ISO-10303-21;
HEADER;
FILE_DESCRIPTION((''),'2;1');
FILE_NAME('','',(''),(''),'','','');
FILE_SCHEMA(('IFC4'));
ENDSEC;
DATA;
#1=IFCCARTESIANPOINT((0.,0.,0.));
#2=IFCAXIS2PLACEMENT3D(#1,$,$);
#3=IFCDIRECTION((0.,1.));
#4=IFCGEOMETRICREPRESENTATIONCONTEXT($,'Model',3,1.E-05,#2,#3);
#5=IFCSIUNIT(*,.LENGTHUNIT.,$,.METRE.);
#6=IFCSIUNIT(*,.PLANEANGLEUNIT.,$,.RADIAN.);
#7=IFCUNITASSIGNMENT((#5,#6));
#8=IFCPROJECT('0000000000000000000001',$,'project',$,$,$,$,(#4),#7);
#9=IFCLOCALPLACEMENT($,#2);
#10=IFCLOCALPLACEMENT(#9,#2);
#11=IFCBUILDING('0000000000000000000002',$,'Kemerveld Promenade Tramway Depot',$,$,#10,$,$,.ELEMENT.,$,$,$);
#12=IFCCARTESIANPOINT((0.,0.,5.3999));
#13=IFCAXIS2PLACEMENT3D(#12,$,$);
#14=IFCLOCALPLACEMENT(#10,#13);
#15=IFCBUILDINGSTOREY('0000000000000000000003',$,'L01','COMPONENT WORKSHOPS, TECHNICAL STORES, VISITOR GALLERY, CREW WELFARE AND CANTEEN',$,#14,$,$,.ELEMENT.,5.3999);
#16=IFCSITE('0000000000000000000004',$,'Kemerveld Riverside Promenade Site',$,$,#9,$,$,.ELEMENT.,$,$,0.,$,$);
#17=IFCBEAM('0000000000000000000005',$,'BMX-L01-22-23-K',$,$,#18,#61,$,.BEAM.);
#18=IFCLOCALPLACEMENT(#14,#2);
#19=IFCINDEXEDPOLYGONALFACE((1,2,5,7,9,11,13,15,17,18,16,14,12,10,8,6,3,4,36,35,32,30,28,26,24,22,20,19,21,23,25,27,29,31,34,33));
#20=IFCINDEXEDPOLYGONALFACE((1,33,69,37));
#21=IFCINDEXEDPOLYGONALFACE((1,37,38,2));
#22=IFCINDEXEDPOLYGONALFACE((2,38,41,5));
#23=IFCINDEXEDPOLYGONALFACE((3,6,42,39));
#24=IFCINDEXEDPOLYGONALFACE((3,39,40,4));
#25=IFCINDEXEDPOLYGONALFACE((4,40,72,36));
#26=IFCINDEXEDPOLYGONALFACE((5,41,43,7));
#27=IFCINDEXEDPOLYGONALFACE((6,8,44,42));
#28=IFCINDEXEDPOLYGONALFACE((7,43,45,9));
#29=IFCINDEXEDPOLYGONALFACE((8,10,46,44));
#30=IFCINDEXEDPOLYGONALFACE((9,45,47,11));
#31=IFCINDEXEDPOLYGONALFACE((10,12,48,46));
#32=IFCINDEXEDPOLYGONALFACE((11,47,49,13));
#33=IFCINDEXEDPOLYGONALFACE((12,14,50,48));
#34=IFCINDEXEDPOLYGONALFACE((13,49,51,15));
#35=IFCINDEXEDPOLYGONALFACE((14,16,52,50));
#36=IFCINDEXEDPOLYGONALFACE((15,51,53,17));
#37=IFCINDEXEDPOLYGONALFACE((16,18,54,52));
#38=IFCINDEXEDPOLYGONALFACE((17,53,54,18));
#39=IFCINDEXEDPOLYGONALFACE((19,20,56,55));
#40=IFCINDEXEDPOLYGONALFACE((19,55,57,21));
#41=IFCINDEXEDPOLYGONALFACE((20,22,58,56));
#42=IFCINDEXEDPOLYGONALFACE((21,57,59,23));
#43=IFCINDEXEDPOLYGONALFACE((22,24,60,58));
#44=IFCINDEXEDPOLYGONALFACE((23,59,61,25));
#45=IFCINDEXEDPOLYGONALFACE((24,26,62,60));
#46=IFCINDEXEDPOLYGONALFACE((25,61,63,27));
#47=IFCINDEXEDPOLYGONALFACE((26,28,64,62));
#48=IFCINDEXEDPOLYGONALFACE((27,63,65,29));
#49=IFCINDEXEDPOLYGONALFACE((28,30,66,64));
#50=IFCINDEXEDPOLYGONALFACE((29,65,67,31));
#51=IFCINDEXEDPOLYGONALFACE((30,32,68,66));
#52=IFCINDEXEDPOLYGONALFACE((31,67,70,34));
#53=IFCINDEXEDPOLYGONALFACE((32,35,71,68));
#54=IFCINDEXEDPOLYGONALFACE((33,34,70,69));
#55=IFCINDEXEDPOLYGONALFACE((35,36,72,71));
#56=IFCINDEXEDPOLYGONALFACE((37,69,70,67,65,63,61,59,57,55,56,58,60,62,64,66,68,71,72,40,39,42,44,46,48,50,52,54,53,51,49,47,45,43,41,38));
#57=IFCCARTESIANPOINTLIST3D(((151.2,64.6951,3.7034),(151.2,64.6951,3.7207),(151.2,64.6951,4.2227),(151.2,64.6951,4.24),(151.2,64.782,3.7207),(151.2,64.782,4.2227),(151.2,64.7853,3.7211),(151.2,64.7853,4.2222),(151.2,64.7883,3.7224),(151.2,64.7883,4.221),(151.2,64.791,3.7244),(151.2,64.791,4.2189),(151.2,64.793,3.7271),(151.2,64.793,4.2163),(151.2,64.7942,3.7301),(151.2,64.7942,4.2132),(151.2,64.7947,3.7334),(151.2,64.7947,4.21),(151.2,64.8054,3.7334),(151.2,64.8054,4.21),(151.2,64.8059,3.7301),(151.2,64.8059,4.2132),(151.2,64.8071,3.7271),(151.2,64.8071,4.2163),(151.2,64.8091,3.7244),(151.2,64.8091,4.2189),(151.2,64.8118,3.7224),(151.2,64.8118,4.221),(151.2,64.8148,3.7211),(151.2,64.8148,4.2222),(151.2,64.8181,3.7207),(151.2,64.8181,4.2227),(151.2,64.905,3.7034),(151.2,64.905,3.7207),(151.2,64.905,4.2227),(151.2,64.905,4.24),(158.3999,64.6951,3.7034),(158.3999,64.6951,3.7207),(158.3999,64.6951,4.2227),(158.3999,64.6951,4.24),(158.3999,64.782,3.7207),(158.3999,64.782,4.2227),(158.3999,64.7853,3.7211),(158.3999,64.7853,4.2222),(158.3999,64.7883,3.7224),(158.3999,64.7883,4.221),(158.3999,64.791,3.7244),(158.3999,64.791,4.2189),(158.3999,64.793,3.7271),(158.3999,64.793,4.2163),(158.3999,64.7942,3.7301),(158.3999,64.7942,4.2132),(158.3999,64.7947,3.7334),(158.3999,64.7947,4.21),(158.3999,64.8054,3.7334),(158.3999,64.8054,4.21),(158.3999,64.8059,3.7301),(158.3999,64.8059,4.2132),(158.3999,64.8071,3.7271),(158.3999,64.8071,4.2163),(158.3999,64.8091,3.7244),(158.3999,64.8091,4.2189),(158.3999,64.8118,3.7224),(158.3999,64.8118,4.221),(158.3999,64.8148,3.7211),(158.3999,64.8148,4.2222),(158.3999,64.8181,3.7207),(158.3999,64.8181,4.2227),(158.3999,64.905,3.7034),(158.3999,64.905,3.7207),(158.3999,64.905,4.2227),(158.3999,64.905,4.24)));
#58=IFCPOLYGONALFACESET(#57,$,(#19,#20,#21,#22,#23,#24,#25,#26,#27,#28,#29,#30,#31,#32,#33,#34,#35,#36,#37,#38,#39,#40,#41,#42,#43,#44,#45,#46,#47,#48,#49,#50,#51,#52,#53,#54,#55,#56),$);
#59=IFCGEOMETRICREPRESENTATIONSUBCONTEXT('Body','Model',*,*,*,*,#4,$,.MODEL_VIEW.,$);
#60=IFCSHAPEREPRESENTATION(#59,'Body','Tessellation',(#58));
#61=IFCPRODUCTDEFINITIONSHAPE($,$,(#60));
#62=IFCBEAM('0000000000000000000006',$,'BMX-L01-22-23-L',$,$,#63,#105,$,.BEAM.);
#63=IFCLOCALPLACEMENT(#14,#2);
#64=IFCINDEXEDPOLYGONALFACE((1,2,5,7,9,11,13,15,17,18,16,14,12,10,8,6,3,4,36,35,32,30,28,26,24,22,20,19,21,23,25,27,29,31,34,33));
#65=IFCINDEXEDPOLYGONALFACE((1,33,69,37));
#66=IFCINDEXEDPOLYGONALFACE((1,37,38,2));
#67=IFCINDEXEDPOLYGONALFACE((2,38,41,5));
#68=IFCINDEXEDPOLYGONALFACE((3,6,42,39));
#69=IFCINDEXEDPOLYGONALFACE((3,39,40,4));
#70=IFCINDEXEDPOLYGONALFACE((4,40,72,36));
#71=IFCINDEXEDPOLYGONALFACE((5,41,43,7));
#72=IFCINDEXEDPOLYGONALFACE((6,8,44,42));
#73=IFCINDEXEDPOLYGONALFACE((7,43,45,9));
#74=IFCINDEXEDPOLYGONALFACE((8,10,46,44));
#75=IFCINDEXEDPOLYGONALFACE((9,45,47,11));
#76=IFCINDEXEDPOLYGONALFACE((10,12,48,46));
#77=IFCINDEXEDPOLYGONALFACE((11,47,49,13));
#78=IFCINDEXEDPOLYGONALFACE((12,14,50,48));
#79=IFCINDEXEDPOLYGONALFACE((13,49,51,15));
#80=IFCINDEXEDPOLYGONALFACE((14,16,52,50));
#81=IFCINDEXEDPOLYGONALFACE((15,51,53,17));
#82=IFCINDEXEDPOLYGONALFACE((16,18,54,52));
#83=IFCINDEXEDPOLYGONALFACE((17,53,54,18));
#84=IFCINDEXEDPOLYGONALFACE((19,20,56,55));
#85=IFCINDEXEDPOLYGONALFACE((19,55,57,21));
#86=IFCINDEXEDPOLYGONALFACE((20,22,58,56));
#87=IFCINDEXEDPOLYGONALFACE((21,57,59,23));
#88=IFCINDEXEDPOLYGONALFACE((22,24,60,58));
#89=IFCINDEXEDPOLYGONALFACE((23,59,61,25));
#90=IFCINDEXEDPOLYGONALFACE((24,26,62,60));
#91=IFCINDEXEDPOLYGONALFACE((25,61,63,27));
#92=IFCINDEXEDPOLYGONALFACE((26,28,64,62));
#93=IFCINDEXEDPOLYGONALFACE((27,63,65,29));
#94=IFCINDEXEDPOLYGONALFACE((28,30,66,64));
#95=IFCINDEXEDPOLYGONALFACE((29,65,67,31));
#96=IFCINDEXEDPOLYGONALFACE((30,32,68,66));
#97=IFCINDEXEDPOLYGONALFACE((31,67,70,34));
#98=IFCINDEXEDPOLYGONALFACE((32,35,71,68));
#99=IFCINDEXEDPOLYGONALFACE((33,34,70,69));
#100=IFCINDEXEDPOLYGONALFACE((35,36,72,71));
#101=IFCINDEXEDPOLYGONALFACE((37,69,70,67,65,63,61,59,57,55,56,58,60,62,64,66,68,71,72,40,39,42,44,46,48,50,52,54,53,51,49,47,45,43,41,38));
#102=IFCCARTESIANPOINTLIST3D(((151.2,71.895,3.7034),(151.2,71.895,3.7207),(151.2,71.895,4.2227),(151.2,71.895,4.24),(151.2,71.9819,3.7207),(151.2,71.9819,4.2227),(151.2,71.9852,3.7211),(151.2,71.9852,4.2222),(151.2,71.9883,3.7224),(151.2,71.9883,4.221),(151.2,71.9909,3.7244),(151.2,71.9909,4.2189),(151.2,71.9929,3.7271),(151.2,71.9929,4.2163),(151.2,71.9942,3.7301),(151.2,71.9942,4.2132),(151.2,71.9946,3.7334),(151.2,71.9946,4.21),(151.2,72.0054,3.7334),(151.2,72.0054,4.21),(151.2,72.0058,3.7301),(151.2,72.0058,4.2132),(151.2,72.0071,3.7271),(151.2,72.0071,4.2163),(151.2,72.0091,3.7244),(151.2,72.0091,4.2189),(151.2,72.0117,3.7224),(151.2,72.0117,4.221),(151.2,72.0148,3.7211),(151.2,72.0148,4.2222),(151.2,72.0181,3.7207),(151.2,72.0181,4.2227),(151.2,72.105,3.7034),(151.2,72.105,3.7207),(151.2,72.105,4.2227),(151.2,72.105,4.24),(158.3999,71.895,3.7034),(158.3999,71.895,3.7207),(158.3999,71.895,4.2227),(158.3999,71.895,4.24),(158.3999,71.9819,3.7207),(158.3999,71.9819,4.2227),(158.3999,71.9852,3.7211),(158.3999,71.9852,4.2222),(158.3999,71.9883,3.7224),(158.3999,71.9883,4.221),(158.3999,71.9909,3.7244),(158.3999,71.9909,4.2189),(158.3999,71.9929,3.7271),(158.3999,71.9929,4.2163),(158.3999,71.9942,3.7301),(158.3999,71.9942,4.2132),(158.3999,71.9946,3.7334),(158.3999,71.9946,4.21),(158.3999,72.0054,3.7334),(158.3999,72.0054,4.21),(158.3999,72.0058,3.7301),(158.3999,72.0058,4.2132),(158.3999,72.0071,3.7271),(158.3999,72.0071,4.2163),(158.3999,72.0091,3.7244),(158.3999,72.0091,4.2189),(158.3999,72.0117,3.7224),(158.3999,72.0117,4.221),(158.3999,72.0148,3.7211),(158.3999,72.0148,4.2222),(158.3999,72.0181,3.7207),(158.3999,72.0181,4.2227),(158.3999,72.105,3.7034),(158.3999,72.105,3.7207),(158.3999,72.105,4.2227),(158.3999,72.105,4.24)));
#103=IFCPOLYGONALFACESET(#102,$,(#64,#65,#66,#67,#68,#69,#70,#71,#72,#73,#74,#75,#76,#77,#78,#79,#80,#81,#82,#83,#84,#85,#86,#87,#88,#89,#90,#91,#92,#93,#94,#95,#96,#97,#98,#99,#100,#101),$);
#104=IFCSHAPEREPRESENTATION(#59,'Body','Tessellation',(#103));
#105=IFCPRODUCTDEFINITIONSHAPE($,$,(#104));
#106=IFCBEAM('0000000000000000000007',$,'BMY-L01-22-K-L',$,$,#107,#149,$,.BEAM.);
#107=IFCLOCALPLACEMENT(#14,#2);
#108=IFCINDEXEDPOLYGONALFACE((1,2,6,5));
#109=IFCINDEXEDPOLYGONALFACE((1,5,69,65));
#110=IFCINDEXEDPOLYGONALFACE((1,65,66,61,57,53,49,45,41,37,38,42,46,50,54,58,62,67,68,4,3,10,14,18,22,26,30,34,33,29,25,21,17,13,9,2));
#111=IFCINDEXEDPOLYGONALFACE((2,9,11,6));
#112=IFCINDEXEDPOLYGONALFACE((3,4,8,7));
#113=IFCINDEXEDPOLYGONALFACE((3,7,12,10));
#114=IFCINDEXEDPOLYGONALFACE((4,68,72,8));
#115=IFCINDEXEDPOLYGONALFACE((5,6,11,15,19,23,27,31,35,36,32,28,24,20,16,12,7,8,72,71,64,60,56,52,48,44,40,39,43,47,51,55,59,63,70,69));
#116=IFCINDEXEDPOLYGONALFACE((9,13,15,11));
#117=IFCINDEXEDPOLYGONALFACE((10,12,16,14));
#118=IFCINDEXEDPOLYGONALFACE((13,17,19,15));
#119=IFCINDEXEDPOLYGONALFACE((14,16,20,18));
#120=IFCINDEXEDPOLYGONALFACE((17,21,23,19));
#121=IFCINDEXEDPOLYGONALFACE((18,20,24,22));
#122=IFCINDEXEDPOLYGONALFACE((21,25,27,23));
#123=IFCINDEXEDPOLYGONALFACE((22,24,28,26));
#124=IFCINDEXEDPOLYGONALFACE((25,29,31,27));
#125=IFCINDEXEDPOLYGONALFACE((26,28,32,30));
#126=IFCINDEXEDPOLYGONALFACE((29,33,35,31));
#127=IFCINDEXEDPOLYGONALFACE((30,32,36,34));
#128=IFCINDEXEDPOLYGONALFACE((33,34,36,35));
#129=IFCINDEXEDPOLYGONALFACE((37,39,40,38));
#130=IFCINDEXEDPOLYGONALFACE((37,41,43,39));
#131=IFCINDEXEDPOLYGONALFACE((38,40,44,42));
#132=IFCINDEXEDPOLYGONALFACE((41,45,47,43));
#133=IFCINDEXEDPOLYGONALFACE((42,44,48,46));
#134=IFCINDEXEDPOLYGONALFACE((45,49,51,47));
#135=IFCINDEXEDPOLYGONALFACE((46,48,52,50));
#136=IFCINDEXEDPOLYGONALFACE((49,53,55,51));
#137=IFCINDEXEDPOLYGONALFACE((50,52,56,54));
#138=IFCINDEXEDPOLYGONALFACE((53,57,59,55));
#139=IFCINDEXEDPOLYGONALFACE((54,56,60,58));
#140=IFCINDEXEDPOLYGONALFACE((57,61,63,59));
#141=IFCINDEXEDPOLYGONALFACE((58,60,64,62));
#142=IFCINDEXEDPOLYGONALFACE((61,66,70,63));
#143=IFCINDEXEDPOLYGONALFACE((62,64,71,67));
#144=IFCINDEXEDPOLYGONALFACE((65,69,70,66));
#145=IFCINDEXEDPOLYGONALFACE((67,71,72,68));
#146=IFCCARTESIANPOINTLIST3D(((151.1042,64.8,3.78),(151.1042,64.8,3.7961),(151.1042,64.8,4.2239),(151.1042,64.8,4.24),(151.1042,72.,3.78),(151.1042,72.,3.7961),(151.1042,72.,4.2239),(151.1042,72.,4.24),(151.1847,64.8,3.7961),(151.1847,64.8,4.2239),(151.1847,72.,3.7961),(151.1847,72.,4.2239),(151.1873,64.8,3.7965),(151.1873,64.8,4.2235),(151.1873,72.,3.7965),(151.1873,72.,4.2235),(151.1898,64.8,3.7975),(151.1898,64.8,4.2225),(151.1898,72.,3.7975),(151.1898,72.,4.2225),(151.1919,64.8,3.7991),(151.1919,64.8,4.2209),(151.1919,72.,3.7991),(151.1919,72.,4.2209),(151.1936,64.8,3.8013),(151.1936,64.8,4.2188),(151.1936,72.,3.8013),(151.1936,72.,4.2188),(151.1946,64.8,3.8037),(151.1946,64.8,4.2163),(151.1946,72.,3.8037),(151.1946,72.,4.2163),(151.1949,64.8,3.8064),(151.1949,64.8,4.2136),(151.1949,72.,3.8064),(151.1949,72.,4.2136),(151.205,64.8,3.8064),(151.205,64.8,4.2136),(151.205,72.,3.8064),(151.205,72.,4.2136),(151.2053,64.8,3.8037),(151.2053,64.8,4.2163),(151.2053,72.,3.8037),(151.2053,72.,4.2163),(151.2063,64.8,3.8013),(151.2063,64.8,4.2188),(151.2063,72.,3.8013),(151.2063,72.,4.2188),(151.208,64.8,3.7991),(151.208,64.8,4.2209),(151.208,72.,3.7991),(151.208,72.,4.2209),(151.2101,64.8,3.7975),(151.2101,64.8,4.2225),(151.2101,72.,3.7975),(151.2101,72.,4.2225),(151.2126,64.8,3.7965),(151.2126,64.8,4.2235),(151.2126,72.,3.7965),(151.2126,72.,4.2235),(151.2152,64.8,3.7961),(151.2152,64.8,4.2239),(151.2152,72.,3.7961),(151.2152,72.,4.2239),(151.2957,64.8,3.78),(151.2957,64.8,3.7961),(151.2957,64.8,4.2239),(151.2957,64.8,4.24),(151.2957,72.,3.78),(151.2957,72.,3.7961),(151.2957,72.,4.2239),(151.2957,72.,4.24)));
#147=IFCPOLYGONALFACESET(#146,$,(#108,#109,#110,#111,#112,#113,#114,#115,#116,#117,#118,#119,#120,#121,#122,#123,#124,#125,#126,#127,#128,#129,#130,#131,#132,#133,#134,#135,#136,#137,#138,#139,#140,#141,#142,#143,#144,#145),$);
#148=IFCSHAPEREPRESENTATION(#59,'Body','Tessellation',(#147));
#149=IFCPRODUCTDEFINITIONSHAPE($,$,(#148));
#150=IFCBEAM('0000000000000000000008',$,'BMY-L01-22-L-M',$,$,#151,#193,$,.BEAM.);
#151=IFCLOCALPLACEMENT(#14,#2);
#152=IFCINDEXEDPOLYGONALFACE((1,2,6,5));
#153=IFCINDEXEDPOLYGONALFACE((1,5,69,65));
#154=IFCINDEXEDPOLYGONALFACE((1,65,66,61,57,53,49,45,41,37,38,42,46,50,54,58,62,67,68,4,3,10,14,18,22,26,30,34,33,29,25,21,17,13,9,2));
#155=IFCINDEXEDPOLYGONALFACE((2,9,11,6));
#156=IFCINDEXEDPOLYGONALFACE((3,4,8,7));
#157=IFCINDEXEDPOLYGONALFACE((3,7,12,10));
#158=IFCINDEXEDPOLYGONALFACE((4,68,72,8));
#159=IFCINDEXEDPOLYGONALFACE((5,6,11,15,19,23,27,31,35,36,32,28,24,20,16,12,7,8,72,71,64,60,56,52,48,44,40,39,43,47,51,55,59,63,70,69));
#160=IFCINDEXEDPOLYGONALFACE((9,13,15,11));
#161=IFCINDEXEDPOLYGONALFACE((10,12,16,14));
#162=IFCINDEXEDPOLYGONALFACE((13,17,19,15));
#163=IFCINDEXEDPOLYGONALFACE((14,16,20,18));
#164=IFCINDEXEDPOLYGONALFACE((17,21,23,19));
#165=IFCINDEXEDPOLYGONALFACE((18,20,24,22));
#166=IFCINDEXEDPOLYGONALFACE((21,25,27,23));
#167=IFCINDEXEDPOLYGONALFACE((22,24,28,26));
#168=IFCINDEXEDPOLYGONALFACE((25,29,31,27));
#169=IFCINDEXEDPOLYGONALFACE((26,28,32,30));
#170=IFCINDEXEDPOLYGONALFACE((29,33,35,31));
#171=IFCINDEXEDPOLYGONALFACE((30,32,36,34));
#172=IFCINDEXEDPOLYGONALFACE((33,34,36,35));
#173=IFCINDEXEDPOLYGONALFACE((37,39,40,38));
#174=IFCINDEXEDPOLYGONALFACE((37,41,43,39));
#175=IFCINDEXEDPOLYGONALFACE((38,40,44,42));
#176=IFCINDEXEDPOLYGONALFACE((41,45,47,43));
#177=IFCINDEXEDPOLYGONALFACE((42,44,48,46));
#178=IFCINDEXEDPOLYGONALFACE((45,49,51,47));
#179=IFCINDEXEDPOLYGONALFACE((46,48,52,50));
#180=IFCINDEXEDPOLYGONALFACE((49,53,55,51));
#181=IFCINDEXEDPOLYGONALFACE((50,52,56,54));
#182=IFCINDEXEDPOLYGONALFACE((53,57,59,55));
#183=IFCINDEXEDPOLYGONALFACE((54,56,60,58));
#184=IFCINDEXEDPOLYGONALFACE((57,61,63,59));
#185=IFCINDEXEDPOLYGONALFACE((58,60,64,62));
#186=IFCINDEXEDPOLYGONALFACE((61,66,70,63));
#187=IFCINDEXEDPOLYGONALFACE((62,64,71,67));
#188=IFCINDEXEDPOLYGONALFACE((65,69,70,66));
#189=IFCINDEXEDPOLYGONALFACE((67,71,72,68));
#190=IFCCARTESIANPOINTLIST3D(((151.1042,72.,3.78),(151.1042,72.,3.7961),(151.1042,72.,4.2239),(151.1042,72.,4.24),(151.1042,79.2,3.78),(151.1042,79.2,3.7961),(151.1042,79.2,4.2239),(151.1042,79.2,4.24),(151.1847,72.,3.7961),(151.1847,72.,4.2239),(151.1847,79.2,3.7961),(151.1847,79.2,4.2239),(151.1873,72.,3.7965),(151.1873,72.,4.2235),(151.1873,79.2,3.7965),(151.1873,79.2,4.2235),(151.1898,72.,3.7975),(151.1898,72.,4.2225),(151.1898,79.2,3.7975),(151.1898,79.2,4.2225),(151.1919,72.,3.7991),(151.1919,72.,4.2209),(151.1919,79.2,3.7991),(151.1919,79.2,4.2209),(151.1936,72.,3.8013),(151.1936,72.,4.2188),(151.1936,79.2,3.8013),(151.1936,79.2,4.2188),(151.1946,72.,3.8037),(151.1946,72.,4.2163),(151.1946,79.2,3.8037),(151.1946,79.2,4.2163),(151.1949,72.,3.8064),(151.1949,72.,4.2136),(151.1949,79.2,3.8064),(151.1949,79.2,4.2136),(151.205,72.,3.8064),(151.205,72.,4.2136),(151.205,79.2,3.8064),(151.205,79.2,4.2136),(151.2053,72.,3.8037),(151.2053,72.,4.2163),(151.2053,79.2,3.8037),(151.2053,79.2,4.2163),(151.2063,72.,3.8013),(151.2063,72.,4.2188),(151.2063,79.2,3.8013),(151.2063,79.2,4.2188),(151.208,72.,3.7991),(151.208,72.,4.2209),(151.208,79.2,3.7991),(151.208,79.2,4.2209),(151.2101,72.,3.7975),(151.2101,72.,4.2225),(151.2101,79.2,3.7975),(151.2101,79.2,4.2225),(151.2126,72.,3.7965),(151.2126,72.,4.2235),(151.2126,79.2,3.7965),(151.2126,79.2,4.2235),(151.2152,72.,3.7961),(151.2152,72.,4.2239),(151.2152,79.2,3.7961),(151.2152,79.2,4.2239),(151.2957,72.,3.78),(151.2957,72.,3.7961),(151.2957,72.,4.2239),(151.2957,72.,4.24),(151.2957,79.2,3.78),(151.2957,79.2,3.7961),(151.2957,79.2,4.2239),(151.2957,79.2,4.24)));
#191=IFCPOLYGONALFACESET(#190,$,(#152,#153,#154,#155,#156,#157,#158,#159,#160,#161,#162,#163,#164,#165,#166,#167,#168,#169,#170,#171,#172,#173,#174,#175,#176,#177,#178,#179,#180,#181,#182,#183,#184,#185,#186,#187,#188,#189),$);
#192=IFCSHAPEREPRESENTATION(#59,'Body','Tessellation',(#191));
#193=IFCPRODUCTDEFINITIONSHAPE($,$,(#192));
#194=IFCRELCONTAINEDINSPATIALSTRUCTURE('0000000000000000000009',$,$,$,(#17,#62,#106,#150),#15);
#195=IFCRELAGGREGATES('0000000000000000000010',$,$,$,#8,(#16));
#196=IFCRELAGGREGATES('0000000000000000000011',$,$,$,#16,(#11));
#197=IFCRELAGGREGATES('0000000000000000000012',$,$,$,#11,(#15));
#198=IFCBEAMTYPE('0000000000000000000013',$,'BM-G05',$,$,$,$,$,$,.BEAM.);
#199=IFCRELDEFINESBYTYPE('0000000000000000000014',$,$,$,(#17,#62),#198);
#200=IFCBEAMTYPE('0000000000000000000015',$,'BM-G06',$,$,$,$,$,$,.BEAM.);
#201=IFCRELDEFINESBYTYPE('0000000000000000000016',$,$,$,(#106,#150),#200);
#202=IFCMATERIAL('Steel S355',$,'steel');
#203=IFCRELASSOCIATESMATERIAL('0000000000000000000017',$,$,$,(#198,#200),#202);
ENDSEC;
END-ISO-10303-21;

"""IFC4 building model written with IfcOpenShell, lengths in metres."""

from ifc_helpers import new_model, si_unit, direction, frame, origin, origin_2d, place, context, subcontext, project, spatial, i_section, extrude, material, material_profile, profile_set, type_object, element, save


model = new_model("IFC4")

# Units and contexts
model_context = context("Model", 3, precision=1e-05, world=origin(), true_north=direction((0.0, 1.0)))
body_context = subcontext(model_context, "Body", "Model", "MODEL_VIEW")
ifc_project = project(units=[si_unit("LENGTHUNIT", "METRE"), si_unit("PLANEANGLEUNIT", "RADIAN")], contexts=[model_context])

# Site, building, storey
site_placement = place(None, origin())
site = spatial("IfcSite", under=ifc_project, at=site_placement, Name="Kemerveld Riverside Promenade Site", CompositionType="ELEMENT", RefElevation=0.0)
building_placement = place(site_placement, origin())
building = spatial("IfcBuilding", under=site, at=building_placement, Name="Kemerveld Promenade Tramway Depot", CompositionType="ELEMENT")
storey_placement = place(building_placement, frame((0.0, 0.0, 5.3999)))
storey = spatial("IfcBuildingStorey", under=building, at=storey_placement, Name="L01", Description="COMPONENT WORKSHOPS, TECHNICAL STORES, VISITOR GALLERY, CREW WELFARE AND CANTEEN", CompositionType="ELEMENT", Elevation=5.3999)

# Shared definitions
ifc_material_1 = material(Name="Steel S355", Category="steel")

# Beams
ifc_material_profile_1 = material_profile(ifc_material_1, i_section(OverallWidth=0.21, OverallDepth=0.5366, WebThickness=0.0107, FlangeThickness=0.0173, FilletRadius=0.0127, at=origin_2d()), Name="533x210x101 UB")
ifc_profile_set_1 = profile_set([ifc_material_profile_1], Name="Steel S355")
beam_type_1 = type_object("IfcBeamType", Name="BM-G05", PredefinedType="BEAM", material=ifc_profile_set_1)
for number, where, z_axis, x_axis, name in (
    (1, (151.2, 64.8, 3.9717), (1.0, 0.0, 0.0), (0.0, 1.0, 0.0), "BMX-L01-22-23-K"),
    (2, (151.2, 72.0, 3.9717), (1.0, 0.0, 0.0), (0.0, 1.0, 0.0), "BMX-L01-22-23-L"),
):
    element("IfcBeam", number, at=place(storey_placement, frame(where, z_axis=z_axis, x_axis=x_axis)), inside=storey, type_object=beam_type_1, Name=name, PredefinedType="BEAM", context=body_context, shape_type="SweptSolid", body=[
        extrude(i_section(OverallWidth=0.21, OverallDepth=0.5366, WebThickness=0.0107, FlangeThickness=0.0173, FilletRadius=0.0127, at=origin_2d()), origin(), (0.0, 0.0, 1.0), 7.2),
    ])
ifc_material_profile_2 = material_profile(ifc_material_1, i_section(OverallWidth=0.1914, OverallDepth=0.46, WebThickness=0.01, FlangeThickness=0.0161, FilletRadius=0.0103, at=origin_2d()), Name="457x191x82 UB")
ifc_profile_set_2 = profile_set([ifc_material_profile_2], Name="Steel S355")
beam_type_2 = type_object("IfcBeamType", Name="BM-G06", PredefinedType="BEAM", material=ifc_profile_set_2)
for number, where, z_axis, x_axis, name in (
    (3, (151.2, 64.8, 4.01), (0.0, 1.0, 0.0), (-1.0, 0.0, 0.0), "BMY-L01-22-K-L"),
    (4, (151.2, 72.0, 4.01), (0.0, 1.0, 0.0), (-1.0, 0.0, 0.0), "BMY-L01-22-L-M"),
):
    element("IfcBeam", number, at=place(storey_placement, frame(where, z_axis=z_axis, x_axis=x_axis)), inside=storey, type_object=beam_type_2, Name=name, PredefinedType="BEAM", context=body_context, shape_type="SweptSolid", body=[
        extrude(i_section(OverallWidth=0.1914, OverallDepth=0.46, WebThickness=0.01, FlangeThickness=0.0161, FilletRadius=0.0103, at=origin_2d()), origin(), (0.0, 0.0, 1.0), 7.2),
    ])

save(model, "model.ifc")
